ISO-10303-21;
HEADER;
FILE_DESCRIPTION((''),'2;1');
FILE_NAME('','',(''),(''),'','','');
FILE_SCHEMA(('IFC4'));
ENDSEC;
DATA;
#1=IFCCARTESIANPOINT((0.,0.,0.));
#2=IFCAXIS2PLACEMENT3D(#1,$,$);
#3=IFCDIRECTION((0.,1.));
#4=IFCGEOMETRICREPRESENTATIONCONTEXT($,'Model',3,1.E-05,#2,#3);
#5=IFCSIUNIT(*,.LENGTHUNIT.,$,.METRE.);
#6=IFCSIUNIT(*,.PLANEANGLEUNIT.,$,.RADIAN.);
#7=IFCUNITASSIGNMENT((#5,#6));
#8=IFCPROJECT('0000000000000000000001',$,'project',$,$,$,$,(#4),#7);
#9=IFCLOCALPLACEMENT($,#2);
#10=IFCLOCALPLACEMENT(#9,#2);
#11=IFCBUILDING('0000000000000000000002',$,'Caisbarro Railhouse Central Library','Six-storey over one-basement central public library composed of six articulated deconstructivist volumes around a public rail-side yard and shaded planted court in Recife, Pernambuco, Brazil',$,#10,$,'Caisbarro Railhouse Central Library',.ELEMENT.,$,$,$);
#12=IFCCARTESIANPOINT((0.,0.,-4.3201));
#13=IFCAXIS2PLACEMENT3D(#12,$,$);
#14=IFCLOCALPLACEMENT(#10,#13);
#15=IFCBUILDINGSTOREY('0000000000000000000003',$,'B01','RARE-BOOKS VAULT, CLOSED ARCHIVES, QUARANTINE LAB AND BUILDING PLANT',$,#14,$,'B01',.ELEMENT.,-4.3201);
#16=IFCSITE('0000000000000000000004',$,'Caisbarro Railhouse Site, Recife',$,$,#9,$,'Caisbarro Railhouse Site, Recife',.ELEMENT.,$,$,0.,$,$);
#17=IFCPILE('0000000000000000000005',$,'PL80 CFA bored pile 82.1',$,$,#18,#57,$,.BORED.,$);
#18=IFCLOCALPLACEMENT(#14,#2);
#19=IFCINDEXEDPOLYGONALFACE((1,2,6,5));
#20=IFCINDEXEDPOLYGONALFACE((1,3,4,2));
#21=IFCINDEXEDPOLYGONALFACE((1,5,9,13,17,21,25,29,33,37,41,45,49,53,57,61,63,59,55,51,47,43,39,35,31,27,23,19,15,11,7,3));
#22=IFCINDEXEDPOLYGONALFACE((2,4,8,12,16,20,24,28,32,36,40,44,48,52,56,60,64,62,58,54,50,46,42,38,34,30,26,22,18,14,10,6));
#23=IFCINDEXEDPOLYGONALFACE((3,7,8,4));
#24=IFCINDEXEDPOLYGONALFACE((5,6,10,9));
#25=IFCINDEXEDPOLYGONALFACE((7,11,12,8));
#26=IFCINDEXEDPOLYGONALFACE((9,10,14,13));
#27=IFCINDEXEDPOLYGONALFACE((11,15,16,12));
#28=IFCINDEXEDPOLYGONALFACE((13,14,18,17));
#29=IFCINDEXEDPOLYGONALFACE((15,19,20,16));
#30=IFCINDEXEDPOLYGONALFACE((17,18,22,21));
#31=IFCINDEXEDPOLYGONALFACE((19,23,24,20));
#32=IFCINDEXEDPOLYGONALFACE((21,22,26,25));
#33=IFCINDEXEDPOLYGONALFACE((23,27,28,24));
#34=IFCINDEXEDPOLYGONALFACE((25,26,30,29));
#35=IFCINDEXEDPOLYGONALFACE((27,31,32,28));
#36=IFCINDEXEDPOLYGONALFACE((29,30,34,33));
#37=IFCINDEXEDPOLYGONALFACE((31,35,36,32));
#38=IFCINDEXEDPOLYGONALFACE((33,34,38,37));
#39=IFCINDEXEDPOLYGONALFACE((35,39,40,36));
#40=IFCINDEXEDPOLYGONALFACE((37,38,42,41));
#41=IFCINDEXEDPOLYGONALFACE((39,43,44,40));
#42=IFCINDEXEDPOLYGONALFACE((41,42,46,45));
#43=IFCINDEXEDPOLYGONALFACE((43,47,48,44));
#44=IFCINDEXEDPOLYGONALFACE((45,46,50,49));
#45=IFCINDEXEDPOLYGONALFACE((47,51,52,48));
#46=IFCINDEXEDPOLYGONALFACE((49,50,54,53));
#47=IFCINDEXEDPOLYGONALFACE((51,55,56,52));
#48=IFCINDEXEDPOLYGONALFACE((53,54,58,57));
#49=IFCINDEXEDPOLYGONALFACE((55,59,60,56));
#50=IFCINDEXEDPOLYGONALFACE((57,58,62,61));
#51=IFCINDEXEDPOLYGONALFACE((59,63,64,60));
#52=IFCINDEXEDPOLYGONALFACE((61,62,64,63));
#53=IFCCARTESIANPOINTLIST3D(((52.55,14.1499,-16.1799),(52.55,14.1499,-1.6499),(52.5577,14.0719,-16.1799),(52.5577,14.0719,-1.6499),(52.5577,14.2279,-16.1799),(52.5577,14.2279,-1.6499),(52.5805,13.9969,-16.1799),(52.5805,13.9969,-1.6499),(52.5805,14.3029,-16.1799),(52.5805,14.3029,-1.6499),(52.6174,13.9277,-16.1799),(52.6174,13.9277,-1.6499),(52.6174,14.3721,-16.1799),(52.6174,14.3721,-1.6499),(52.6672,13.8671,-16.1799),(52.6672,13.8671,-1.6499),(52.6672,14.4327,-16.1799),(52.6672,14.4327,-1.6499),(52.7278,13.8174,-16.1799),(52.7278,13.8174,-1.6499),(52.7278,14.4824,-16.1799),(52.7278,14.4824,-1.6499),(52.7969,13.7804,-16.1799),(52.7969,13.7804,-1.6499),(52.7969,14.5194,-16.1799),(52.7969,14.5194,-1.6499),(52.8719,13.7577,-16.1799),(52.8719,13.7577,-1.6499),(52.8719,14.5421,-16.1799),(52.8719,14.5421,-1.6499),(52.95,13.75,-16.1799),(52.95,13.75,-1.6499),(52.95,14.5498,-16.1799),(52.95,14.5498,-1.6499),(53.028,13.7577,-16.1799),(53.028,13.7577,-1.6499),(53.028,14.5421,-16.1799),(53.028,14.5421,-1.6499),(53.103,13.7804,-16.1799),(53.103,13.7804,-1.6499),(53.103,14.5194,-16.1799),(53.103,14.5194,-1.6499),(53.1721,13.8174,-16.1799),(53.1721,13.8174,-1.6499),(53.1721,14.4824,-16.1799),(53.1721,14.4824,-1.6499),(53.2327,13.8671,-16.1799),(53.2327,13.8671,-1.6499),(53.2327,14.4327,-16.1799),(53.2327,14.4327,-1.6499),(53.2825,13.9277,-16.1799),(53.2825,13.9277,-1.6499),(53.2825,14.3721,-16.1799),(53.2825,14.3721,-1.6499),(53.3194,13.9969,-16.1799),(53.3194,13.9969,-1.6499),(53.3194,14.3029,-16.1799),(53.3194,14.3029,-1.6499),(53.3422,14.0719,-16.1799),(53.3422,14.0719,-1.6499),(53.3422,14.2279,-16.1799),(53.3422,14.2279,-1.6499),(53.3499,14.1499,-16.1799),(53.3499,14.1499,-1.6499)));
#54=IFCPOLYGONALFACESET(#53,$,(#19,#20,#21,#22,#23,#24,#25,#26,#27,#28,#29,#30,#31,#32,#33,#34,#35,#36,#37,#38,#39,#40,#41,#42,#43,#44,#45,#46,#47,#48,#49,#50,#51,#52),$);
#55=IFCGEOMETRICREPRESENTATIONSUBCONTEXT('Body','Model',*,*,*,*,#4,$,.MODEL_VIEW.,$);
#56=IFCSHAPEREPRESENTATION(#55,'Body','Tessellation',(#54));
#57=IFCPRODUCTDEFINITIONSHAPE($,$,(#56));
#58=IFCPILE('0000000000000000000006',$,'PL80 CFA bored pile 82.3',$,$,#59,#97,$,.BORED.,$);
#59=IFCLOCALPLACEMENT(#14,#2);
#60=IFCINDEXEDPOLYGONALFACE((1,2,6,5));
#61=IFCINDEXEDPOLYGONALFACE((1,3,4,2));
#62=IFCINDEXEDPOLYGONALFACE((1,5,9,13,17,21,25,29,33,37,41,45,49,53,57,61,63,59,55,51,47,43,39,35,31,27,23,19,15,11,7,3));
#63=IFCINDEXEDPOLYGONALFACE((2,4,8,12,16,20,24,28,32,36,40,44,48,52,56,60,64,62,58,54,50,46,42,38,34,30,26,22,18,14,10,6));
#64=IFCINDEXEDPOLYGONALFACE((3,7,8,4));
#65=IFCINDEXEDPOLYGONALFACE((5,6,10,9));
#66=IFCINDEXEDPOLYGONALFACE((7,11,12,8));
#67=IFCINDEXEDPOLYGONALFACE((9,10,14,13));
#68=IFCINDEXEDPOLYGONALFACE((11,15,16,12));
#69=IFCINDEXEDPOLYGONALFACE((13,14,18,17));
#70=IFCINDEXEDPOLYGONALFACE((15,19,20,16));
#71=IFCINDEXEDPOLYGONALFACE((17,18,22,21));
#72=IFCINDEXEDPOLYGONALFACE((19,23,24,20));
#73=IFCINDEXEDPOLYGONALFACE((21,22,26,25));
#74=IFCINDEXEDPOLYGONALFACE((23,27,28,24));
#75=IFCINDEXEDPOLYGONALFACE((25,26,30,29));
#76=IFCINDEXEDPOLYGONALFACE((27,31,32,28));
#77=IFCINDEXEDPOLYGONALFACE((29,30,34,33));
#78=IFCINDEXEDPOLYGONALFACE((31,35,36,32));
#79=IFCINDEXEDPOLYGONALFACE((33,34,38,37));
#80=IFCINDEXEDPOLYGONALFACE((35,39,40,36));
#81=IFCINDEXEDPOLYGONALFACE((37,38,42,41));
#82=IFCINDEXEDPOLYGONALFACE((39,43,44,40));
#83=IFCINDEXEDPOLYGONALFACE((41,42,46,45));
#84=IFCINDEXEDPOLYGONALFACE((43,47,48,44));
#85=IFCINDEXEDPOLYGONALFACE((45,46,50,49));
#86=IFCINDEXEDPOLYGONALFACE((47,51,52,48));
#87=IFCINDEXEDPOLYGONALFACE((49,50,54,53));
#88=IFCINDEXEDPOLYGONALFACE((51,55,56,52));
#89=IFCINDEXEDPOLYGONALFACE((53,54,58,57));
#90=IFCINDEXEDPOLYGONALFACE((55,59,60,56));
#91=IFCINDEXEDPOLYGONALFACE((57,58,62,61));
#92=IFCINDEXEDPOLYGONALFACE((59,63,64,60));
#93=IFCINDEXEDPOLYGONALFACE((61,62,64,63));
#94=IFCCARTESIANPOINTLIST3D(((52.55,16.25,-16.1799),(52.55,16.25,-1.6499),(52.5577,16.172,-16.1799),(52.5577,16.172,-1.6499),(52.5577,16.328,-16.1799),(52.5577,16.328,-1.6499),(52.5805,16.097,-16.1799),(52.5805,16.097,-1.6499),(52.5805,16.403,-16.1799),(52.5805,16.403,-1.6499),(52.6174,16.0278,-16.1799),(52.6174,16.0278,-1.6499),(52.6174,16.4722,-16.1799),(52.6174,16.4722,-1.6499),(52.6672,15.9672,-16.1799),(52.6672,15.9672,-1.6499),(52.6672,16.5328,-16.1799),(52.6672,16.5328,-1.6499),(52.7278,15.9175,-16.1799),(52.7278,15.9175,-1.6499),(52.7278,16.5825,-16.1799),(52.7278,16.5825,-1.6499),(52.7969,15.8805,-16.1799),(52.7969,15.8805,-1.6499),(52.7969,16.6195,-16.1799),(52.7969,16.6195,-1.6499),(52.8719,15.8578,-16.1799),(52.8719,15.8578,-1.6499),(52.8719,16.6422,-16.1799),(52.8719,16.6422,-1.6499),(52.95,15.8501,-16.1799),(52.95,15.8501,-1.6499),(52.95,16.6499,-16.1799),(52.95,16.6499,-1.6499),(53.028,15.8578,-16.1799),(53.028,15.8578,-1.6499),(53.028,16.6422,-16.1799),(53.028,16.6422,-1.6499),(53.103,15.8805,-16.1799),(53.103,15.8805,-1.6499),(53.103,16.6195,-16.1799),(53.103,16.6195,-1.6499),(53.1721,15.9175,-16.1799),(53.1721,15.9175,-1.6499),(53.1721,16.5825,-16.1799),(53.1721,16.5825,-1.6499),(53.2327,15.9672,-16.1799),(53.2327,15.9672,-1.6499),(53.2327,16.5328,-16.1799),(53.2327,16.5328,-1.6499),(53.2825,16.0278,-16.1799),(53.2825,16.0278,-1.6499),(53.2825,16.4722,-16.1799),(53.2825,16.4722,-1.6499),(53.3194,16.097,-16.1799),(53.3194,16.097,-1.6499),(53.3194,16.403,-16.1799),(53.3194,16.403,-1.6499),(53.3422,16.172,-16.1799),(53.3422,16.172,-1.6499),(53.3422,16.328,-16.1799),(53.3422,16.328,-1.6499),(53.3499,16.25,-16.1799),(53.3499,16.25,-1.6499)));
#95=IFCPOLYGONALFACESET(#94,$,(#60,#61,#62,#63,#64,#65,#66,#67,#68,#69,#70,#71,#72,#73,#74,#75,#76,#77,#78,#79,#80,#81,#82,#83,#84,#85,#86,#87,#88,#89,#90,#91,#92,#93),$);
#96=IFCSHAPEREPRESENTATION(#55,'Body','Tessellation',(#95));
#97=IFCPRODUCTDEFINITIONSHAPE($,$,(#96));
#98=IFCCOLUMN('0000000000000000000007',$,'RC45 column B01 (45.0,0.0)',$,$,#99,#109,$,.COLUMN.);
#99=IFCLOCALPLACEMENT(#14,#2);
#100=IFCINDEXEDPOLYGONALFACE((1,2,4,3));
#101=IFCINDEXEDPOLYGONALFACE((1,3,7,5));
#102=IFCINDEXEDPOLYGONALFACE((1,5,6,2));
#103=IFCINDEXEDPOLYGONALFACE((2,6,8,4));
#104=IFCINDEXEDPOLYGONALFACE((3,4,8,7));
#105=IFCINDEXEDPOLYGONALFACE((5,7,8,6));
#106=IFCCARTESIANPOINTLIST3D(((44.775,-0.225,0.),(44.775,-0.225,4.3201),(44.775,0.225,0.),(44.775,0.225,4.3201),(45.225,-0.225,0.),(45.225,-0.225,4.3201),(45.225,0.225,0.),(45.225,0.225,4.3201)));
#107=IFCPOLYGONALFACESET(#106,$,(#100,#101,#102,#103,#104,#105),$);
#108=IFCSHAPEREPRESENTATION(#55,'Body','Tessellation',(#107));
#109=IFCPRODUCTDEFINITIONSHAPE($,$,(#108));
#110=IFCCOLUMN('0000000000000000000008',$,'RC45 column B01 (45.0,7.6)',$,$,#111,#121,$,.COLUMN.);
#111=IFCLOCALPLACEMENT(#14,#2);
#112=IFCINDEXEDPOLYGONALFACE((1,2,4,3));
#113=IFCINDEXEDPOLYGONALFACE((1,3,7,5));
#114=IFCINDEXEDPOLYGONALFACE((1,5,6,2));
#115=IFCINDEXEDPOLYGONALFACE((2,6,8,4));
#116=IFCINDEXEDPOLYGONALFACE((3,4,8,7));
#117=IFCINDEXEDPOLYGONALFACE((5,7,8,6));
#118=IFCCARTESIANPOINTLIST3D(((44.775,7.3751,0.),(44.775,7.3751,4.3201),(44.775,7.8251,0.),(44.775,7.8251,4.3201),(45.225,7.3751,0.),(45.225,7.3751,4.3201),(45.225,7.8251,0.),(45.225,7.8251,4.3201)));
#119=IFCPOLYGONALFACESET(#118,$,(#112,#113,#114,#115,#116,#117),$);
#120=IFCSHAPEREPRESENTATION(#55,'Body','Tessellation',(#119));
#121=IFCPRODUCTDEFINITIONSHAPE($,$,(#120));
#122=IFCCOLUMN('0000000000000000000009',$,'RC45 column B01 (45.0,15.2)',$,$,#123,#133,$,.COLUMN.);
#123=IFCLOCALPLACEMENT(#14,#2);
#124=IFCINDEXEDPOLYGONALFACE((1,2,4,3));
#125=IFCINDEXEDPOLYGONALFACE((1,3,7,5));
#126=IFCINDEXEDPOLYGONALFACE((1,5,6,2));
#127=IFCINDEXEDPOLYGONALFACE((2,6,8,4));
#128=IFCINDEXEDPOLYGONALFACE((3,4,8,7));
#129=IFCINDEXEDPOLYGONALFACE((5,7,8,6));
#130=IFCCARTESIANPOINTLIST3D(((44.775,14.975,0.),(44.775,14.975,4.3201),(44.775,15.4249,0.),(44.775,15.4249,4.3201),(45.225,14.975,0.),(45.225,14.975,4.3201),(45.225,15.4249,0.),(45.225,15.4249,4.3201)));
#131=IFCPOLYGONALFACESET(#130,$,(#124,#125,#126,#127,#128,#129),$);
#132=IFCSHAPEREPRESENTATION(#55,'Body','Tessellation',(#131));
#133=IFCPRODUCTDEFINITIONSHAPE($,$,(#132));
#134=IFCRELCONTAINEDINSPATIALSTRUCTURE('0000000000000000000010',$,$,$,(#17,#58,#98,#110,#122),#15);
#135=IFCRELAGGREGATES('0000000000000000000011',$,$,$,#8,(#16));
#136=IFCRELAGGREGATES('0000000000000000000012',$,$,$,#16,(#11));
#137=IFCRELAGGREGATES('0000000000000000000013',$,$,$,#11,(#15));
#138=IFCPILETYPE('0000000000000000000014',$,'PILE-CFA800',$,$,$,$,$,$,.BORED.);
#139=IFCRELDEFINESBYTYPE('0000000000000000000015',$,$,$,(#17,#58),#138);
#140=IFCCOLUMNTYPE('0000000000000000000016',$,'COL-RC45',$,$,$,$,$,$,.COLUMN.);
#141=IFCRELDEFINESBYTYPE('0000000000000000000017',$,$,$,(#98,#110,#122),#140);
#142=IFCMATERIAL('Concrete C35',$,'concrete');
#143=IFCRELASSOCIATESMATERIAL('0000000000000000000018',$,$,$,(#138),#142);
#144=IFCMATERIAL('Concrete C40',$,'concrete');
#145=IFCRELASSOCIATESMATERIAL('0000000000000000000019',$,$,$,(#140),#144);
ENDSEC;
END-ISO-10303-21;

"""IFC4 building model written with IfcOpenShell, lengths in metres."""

from ifc_helpers import new_model, si_unit, direction, frame, origin, origin_2d, place, context, subcontext, project, spatial, rectangle, circle, extrude, material, material_profile, profile_set, type_object, element, save


model = new_model("IFC4")

# Units and contexts
model_context = context("Model", 3, precision=1e-05, world=origin(), true_north=direction((0.0, 1.0)))
body_context = subcontext(model_context, "Body", "Model", "MODEL_VIEW")
ifc_project = project(units=[si_unit("LENGTHUNIT", "METRE"), si_unit("PLANEANGLEUNIT", "RADIAN")], contexts=[model_context])

# Site, building, storey
site_placement = place(None, origin())
site = spatial("IfcSite", under=ifc_project, at=site_placement, Name="Caisbarro Railhouse Site, Recife", LongName="Caisbarro Railhouse Site, Recife", CompositionType="ELEMENT", RefElevation=0.0)
building_placement = place(site_placement, origin())
building = spatial("IfcBuilding", under=site, at=building_placement, Name="Caisbarro Railhouse Central Library", Description="Six-storey over one-basement central public library composed of six articulated deconstructivist volumes around a public rail-side yard and shaded planted court in Recife, Pernambuco, Brazil", LongName="Caisbarro Railhouse Central Library", CompositionType="ELEMENT")
storey_placement = place(building_placement, frame((0.0, 0.0, -4.3201)))
storey = spatial("IfcBuildingStorey", under=building, at=storey_placement, Name="B01", Description="RARE-BOOKS VAULT, CLOSED ARCHIVES, QUARANTINE LAB AND BUILDING PLANT", LongName="B01", CompositionType="ELEMENT", Elevation=-4.3201)

# Shared definitions
ifc_material_1 = material(Name="Concrete C35", Category="concrete")
ifc_material_2 = material(Name="Concrete C40", Category="concrete")

# Piles
ifc_material_profile_1 = material_profile(ifc_material_1, circle(Radius=0.3999, at=origin_2d()), Name="PILE-CFA-800")
ifc_profile_set_1 = profile_set([ifc_material_profile_1], Name="Concrete C35")
pile_type_1 = type_object("IfcPileType", Name="PILE-CFA800", PredefinedType="BORED", material=ifc_profile_set_1)
for number, where, z_axis, x_axis, name in (
    (1, (52.95, 14.1499, -1.6499), (0.0, 0.0, -1.0), (1.0, 0.0, 0.0), "PL80 CFA bored pile 82.1"),
    (2, (52.95, 16.25, -1.6499), (0.0, 0.0, -1.0), (1.0, 0.0, 0.0), "PL80 CFA bored pile 82.3"),
):
    element("IfcPile", number, at=place(storey_placement, frame(where, z_axis=z_axis, x_axis=x_axis)), inside=storey, type_object=pile_type_1, Name=name, PredefinedType="BORED", context=body_context, shape_type="SweptSolid", body=[
        extrude(circle(Radius=0.3999, at=origin_2d()), origin(), (0.0, 0.0, 1.0), 14.53),
    ])

# Columns
ifc_material_profile_2 = material_profile(ifc_material_2, rectangle(XDim=0.45, YDim=0.45, at=origin_2d()), Name="RC-COL-450X450")
ifc_profile_set_2 = profile_set([ifc_material_profile_2], Name="Concrete C40")
column_type = type_object("IfcColumnType", Name="COL-RC45", PredefinedType="COLUMN", material=ifc_profile_set_2)
for number, where, z_axis, x_axis, name in (
    (3, (45.0, 0.0, 0.0), (0.0, 0.0, 1.0), (1.0, 0.0, 0.0), "RC45 column B01 (45.0,0.0)"),
    (4, (45.0, 7.6001, 0.0), (0.0, 0.0, 1.0), (1.0, 0.0, 0.0), "RC45 column B01 (45.0,7.6)"),
    (5, (45.0, 15.2, 0.0), (0.0, 0.0, 1.0), (1.0, 0.0, 0.0), "RC45 column B01 (45.0,15.2)"),
):
    element("IfcColumn", number, at=place(storey_placement, frame(where, z_axis=z_axis, x_axis=x_axis)), inside=storey, type_object=column_type, Name=name, PredefinedType="COLUMN", context=body_context, shape_type="SweptSolid", body=[
        extrude(rectangle(XDim=0.45, YDim=0.45, at=origin_2d()), origin(), (0.0, 0.0, 1.0), 4.3201),
    ])

save(model, "model.ifc")
